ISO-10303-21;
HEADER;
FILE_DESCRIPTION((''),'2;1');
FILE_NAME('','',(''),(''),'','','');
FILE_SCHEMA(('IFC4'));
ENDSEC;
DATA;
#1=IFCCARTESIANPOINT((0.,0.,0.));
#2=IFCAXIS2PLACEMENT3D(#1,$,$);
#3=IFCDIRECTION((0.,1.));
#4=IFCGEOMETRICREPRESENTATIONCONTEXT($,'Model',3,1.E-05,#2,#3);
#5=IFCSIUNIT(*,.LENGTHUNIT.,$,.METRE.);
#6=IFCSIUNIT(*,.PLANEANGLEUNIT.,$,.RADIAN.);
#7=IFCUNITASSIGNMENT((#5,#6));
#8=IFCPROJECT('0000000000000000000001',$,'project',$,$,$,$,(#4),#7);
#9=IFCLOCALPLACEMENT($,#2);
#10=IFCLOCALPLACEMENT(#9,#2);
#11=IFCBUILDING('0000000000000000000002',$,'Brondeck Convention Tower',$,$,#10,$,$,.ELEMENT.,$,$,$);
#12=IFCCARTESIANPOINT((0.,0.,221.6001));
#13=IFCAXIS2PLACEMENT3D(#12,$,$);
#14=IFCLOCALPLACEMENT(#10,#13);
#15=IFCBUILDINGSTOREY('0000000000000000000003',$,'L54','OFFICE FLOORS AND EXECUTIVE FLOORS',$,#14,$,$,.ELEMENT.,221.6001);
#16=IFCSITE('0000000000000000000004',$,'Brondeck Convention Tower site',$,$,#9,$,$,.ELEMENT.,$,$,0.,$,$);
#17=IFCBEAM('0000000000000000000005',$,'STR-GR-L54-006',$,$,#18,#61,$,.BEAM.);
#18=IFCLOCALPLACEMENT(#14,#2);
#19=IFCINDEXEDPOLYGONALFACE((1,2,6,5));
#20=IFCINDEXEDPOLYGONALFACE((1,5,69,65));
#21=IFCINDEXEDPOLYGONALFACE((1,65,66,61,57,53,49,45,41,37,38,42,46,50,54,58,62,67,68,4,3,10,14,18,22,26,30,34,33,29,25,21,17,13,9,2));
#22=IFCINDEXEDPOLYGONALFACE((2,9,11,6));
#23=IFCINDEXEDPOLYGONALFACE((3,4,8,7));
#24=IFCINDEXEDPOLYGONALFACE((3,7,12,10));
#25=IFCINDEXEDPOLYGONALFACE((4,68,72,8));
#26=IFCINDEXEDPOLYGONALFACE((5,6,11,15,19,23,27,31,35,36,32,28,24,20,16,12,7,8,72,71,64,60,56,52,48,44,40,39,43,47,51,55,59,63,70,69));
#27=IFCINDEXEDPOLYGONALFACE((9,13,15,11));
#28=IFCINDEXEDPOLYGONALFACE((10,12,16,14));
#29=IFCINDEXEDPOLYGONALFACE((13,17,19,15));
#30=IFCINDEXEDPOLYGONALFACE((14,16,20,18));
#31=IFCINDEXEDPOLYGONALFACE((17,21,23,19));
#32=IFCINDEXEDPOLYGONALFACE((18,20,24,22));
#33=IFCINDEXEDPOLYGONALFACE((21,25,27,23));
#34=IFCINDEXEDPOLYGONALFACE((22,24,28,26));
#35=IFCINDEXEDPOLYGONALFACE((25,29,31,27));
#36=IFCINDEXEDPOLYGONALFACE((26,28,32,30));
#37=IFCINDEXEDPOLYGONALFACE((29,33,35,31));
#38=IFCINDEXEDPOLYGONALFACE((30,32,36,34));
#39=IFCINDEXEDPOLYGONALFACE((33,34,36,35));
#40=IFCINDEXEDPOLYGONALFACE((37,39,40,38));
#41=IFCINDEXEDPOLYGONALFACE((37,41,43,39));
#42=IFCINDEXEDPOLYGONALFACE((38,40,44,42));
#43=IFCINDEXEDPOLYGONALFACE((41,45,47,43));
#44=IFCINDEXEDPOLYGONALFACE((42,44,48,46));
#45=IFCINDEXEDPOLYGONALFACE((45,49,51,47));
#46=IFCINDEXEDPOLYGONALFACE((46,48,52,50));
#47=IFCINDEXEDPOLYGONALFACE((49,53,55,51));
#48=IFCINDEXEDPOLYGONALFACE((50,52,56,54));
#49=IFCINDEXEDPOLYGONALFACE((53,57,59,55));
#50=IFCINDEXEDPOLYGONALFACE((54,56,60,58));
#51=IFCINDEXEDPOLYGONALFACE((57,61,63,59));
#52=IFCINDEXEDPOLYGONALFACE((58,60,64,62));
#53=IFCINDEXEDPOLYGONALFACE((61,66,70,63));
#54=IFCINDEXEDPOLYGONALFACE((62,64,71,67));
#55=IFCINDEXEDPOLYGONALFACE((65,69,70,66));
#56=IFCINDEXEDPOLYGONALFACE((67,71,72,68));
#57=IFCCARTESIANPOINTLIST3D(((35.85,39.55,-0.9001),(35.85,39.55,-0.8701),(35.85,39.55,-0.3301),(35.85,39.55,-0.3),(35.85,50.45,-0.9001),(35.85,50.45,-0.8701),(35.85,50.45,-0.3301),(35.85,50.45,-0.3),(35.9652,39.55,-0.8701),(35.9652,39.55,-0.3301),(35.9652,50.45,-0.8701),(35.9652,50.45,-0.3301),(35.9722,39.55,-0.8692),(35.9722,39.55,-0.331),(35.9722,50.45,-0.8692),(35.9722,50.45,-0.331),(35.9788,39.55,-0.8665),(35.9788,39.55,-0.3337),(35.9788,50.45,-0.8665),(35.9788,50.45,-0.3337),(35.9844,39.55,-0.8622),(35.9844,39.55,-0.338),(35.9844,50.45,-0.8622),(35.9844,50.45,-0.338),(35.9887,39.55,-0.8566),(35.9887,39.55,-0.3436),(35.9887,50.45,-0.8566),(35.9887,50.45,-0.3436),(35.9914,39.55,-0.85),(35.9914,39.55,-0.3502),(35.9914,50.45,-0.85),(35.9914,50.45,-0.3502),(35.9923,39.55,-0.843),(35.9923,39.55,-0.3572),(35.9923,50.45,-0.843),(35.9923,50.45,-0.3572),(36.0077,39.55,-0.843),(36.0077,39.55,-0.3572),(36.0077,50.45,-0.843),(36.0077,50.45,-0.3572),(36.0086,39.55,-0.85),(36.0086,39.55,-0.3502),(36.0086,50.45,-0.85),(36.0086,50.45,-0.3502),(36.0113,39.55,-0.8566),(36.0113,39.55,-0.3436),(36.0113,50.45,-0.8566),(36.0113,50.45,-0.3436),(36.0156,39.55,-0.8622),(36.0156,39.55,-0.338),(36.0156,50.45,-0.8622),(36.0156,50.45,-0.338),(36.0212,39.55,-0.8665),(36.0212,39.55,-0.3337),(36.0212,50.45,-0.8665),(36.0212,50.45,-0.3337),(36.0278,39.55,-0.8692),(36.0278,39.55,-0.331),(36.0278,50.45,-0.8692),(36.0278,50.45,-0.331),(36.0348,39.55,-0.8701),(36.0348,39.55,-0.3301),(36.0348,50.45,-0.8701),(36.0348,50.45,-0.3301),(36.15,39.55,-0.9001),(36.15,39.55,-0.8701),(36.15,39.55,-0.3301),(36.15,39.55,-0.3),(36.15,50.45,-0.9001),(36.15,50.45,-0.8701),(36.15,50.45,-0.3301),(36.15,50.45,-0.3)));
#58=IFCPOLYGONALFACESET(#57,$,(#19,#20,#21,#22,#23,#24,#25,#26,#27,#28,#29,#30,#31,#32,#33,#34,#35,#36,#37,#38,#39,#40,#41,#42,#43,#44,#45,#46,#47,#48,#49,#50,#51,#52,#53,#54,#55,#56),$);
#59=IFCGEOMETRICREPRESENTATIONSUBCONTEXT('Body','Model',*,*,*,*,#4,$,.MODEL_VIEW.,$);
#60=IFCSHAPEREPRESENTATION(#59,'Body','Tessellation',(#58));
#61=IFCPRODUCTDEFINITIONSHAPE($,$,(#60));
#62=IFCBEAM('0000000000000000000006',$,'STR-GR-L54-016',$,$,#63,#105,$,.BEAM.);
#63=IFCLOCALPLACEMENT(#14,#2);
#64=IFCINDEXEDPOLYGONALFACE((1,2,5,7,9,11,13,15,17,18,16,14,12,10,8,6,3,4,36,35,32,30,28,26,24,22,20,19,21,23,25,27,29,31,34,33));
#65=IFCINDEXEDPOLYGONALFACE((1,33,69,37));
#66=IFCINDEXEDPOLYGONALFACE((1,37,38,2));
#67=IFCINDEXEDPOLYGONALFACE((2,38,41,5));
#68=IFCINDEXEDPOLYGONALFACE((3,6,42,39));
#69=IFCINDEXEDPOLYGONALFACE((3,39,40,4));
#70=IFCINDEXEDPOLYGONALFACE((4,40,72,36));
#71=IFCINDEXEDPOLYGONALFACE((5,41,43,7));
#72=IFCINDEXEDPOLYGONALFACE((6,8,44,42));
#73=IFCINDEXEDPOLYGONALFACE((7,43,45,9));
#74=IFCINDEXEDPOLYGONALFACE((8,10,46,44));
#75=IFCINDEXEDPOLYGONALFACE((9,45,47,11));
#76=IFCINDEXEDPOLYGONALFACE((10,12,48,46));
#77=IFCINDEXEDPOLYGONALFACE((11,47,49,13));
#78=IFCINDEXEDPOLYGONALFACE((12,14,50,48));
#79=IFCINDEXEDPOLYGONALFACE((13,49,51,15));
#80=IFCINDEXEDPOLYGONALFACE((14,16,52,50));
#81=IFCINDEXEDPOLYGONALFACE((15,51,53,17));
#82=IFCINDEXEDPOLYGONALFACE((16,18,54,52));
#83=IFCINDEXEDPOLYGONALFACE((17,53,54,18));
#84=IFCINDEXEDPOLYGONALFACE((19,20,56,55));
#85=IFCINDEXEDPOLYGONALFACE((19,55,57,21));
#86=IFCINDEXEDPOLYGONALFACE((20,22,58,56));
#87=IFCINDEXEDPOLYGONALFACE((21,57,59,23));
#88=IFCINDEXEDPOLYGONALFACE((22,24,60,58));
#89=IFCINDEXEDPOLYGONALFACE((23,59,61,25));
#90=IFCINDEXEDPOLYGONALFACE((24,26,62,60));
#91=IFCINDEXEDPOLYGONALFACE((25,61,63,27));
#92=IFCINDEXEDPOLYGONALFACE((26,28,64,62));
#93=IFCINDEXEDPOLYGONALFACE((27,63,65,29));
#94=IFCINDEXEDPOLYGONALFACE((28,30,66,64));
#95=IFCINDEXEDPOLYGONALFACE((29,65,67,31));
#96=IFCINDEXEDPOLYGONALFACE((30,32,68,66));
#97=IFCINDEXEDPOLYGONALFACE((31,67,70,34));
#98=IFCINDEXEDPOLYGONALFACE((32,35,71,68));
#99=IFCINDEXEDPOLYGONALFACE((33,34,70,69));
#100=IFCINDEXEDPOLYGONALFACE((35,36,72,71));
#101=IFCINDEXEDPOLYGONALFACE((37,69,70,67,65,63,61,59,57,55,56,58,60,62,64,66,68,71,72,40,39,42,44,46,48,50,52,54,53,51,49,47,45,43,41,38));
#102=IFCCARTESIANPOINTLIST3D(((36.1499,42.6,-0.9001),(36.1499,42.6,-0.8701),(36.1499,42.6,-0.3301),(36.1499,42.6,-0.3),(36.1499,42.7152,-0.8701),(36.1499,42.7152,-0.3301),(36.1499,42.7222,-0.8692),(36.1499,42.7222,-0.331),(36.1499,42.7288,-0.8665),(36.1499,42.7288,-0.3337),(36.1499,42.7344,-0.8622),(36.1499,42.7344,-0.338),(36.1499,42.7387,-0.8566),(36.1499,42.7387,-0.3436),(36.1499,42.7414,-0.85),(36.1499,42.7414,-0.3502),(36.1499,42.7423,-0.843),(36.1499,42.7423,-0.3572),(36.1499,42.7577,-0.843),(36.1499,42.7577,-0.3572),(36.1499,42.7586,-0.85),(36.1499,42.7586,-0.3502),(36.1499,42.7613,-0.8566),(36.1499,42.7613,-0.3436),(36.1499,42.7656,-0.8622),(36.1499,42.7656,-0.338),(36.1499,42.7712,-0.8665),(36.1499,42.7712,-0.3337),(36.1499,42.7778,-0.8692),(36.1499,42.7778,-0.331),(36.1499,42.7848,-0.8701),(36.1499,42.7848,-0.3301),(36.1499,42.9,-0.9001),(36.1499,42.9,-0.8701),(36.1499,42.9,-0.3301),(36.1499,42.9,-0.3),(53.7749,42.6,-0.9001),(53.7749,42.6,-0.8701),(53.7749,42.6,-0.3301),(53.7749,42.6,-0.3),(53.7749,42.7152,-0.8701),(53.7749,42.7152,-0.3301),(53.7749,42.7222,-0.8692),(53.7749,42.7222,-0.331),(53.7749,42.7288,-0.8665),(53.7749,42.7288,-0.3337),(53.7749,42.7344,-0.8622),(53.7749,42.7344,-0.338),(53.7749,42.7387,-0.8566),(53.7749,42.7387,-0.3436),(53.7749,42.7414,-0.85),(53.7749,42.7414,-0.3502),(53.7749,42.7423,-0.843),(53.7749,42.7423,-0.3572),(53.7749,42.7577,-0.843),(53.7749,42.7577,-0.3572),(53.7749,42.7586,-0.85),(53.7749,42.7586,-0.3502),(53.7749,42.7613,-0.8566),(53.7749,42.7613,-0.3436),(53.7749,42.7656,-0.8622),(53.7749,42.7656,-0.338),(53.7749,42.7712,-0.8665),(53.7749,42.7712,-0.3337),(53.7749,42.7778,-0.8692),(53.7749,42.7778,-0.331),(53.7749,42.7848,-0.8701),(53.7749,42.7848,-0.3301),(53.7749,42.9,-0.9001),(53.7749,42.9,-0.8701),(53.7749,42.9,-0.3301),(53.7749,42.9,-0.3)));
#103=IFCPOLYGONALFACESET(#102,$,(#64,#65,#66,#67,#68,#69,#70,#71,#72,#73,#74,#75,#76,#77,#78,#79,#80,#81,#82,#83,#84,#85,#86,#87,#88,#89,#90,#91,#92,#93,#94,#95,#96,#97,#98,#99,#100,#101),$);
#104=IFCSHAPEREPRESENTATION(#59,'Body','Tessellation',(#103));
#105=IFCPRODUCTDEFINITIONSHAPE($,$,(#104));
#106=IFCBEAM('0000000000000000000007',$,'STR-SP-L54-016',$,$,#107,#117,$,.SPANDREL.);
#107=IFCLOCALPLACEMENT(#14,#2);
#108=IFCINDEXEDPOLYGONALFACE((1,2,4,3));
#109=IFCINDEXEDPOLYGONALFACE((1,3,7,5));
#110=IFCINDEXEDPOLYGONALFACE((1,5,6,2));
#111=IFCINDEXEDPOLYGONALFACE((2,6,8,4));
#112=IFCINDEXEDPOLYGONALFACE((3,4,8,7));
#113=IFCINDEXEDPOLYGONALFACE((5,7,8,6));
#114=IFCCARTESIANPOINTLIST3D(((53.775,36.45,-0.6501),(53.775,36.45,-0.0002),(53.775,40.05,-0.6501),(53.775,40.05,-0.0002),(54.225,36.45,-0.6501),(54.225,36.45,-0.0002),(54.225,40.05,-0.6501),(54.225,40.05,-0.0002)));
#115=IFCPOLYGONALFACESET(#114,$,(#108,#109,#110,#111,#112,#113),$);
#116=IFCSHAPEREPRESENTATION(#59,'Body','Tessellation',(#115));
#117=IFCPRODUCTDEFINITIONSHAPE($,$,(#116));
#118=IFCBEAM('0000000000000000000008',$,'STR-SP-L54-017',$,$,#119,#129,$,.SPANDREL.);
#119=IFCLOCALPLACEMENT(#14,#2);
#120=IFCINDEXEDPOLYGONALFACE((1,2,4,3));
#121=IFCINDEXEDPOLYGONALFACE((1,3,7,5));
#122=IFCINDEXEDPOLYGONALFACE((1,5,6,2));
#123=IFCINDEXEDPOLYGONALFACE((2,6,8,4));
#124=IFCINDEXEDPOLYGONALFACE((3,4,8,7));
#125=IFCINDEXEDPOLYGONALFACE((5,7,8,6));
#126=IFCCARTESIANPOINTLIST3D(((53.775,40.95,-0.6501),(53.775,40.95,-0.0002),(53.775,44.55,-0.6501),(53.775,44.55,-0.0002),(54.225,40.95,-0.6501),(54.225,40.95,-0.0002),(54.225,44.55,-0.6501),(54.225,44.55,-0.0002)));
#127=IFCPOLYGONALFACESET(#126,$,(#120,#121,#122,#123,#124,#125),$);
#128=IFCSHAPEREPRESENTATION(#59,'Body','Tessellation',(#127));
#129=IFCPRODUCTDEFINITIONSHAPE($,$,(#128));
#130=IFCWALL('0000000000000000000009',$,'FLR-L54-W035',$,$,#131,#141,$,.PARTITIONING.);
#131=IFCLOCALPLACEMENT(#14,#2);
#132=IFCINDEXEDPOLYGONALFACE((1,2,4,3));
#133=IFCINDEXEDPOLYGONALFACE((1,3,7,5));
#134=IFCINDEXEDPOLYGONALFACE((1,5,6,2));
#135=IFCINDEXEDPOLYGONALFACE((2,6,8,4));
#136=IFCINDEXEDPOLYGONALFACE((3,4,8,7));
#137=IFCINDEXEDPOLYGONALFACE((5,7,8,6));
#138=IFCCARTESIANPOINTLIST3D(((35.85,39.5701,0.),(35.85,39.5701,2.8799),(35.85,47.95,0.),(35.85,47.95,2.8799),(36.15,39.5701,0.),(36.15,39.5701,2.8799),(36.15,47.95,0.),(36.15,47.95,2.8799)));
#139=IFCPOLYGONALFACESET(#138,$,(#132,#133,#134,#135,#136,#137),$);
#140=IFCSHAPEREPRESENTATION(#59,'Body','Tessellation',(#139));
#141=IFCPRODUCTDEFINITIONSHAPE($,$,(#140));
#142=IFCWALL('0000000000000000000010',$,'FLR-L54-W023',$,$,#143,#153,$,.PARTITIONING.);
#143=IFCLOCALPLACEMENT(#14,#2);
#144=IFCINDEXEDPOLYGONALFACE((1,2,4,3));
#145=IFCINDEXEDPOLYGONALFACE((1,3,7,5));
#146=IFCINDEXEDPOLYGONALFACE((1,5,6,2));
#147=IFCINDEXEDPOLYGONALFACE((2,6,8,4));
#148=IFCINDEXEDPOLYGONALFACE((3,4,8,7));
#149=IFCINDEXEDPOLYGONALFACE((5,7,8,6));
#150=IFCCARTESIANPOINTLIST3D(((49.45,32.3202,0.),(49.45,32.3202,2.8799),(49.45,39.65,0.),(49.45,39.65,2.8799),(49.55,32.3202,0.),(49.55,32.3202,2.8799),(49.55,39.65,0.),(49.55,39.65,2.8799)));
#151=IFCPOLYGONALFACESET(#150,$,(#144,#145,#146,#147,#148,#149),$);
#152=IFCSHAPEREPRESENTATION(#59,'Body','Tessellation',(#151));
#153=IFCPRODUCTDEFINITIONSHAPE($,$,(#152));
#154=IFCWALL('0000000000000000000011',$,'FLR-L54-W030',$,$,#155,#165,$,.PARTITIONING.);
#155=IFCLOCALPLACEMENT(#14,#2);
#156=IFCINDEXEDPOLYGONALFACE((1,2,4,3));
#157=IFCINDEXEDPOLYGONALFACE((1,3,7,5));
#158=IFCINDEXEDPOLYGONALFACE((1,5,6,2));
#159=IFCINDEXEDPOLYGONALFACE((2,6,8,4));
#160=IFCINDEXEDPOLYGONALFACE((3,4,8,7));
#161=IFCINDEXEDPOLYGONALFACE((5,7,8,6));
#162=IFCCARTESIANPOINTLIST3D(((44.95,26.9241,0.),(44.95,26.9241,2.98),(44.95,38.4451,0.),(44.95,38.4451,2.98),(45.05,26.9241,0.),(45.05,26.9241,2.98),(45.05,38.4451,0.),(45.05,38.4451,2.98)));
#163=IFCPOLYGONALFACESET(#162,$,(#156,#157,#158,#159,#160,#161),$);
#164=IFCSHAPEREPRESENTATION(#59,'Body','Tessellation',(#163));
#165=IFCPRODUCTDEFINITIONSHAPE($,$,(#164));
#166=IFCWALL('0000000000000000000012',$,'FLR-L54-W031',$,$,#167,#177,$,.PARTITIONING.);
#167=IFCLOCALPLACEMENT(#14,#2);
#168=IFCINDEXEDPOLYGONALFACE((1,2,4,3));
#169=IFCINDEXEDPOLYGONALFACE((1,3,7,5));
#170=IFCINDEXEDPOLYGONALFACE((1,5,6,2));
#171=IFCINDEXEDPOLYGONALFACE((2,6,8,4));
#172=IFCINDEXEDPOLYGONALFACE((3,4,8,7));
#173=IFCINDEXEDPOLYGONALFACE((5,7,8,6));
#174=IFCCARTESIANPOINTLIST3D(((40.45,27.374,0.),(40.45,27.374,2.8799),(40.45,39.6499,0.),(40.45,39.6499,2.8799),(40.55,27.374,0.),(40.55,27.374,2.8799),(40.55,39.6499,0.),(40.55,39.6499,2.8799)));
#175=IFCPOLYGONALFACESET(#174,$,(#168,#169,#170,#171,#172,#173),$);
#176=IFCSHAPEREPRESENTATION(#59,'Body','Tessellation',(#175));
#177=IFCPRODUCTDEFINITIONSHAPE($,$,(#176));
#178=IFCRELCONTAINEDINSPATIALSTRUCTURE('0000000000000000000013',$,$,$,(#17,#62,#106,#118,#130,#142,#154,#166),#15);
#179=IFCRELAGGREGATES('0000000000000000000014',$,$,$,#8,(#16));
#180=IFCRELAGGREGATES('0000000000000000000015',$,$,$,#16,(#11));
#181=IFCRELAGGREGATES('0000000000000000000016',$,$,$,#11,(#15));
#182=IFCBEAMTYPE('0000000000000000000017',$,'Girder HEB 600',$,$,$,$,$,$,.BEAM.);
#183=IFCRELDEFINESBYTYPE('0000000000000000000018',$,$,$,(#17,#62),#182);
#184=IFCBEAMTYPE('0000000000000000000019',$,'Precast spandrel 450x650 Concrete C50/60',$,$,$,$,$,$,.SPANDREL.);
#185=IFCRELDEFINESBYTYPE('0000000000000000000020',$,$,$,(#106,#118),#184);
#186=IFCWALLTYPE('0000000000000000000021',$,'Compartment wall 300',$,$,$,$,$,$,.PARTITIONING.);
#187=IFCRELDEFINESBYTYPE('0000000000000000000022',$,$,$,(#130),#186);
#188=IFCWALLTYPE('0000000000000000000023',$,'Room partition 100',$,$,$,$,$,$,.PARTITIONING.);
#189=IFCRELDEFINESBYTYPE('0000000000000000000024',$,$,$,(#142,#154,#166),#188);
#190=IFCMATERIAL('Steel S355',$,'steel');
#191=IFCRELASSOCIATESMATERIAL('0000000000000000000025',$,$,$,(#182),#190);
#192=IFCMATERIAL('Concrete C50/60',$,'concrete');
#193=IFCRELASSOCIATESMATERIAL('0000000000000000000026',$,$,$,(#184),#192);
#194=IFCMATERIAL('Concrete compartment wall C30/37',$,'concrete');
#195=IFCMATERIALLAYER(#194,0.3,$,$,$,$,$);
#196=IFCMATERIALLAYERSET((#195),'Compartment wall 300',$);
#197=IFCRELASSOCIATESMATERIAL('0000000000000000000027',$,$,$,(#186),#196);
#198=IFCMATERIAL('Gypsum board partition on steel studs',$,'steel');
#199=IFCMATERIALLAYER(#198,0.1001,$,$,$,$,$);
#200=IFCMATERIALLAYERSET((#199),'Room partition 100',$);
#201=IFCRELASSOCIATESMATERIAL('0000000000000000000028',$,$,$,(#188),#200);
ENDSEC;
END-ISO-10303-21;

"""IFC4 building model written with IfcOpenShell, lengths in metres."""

from ifc_helpers import new_model, si_unit, direction, frame, frame_2d, origin, origin_2d, place, context, subcontext, project, spatial, rectangle, i_section, extrude, material, layer, layer_set, material_profile, profile_set, type_object, element, save


model = new_model("IFC4")

# Units and contexts
model_context = context("Model", 3, precision=1e-05, world=origin(), true_north=direction((0.0, 1.0)))
body_context = subcontext(model_context, "Body", "Model", "MODEL_VIEW")
ifc_project = project(units=[si_unit("LENGTHUNIT", "METRE"), si_unit("PLANEANGLEUNIT", "RADIAN")], contexts=[model_context])

# Site, building, storey
site_placement = place(None, origin())
site = spatial("IfcSite", under=ifc_project, at=site_placement, Name="Brondeck Convention Tower site", CompositionType="ELEMENT", RefElevation=0.0)
building_placement = place(site_placement, origin())
building = spatial("IfcBuilding", under=site, at=building_placement, Name="Brondeck Convention Tower", CompositionType="ELEMENT")
storey_placement = place(building_placement, frame((0.0, 0.0, 221.6001)))
storey = spatial("IfcBuildingStorey", under=building, at=storey_placement, Name="L54", Description="OFFICE FLOORS AND EXECUTIVE FLOORS", CompositionType="ELEMENT", Elevation=221.6001)

# Shared definitions
ifc_material_1 = material(Name="Concrete C50/60", Category="concrete")

# Beams
ifc_material_2 = material(Name="Steel S355", Category="steel")
ifc_material_profile_1 = material_profile(ifc_material_2, i_section(OverallWidth=0.3, OverallDepth=0.6001, WebThickness=0.0154, FlangeThickness=0.03, FilletRadius=0.0271, at=origin_2d()), Name="HEB 600")
ifc_profile_set_1 = profile_set([ifc_material_profile_1], Name="Steel S355")
beam_type_1 = type_object("IfcBeamType", Name="Girder HEB 600", PredefinedType="BEAM", material=ifc_profile_set_1)
beam_1_placement = place(storey_placement, frame((36.0, 39.55, -0.6001), z_axis=(0.0, 1.0, 0.0), x_axis=(-1.0, 0.0, 0.0)))
element("IfcBeam", 1, at=beam_1_placement, inside=storey, type_object=beam_type_1, Name="STR-GR-L54-006", PredefinedType="BEAM", context=body_context, shape_type="SweptSolid", body=[
    extrude(i_section(OverallWidth=0.3, OverallDepth=0.6001, WebThickness=0.0154, FlangeThickness=0.03, FilletRadius=0.0271, at=origin_2d()), origin(), (0.0, 0.0, 1.0), 10.8999),
])
beam_2_placement = place(storey_placement, frame((36.1499, 42.75, -0.6001), z_axis=(1.0, 0.0, 0.0), x_axis=(0.0, 1.0, 0.0)))
element("IfcBeam", 2, at=beam_2_placement, inside=storey, type_object=beam_type_1, Name="STR-GR-L54-016", PredefinedType="BEAM", context=body_context, shape_type="SweptSolid", body=[
    extrude(i_section(OverallWidth=0.3, OverallDepth=0.6001, WebThickness=0.0154, FlangeThickness=0.03, FilletRadius=0.0271, at=origin_2d()), origin(), (0.0, 0.0, 1.0), 17.625),
])
ifc_material_profile_2 = material_profile(ifc_material_1, rectangle(XDim=0.45, YDim=0.6499, at=origin_2d()), Name="Precast spandrel 450x650 Concrete C50/60")
ifc_profile_set_2 = profile_set([ifc_material_profile_2], Name="Concrete C50/60")
beam_type_2 = type_object("IfcBeamType", Name="Precast spandrel 450x650 Concrete C50/60", PredefinedType="SPANDREL", material=ifc_profile_set_2)
for number, where, z_axis, x_axis, name in (
    (3, (54.0, 36.45, -0.3252), (0.0, 1.0, 0.0), (-1.0, 0.0, 0.0), "STR-SP-L54-016"),
    (4, (54.0, 40.95, -0.3252), (0.0, 1.0, 0.0), (-1.0, 0.0, 0.0), "STR-SP-L54-017"),
):
    element("IfcBeam", number, at=place(storey_placement, frame(where, z_axis=z_axis, x_axis=x_axis)), inside=storey, type_object=beam_type_2, Name=name, PredefinedType="SPANDREL", context=body_context, shape_type="SweptSolid", body=[
        extrude(rectangle(XDim=0.45, YDim=0.6499, at=origin_2d()), origin(), (0.0, 0.0, 1.0), 3.6001),
    ])

# Walls
ifc_material_3 = material(Name="Concrete compartment wall C30/37", Category="concrete")
ifc_layer_1 = layer(ifc_material_3, 0.3)
ifc_layer_set_1 = layer_set([ifc_layer_1], Name="Compartment wall 300")
wall_type_1 = type_object("IfcWallType", Name="Compartment wall 300", PredefinedType="PARTITIONING", material=ifc_layer_set_1)
wall_1_placement = place(storey_placement, frame((36.0, 39.5701, 0.0), z_axis=(0.0, 0.0, 1.0), x_axis=(0.0, 1.0, 0.0)))
element("IfcWall", 5, at=wall_1_placement, inside=storey, type_object=wall_type_1, Name="FLR-L54-W035", PredefinedType="PARTITIONING", context=body_context, shape_type="SweptSolid", body=[
    extrude(rectangle(XDim=8.3799, YDim=0.3, at=frame_2d((4.1899, 0.0))), origin(), (0.0, 0.0, 1.0), 2.8799),
])
ifc_material_4 = material(Name="Gypsum board partition on steel studs", Category="steel")
ifc_layer_2 = layer(ifc_material_4, 0.1001)
ifc_layer_set_2 = layer_set([ifc_layer_2], Name="Room partition 100")
wall_type_2 = type_object("IfcWallType", Name="Room partition 100", PredefinedType="PARTITIONING", material=ifc_layer_set_2)
wall_2_placement = place(storey_placement, frame((49.5, 32.3201, 0.0), z_axis=(0.0, 0.0, 1.0), x_axis=(0.0, 1.0, 0.0)))
element("IfcWall", 6, at=wall_2_placement, inside=storey, type_object=wall_type_2, Name="FLR-L54-W023", PredefinedType="PARTITIONING", context=body_context, shape_type="SweptSolid", body=[
    extrude(rectangle(XDim=7.3298, YDim=0.1001, at=frame_2d((3.665, 0.0))), origin(), (0.0, 0.0, 1.0), 2.8799),
])
wall_3_placement = place(storey_placement, frame((45.0, 38.4451, 0.0), z_axis=(0.0, 0.0, 1.0), x_axis=(0.0, -1.0, 0.0)))
element("IfcWall", 7, at=wall_3_placement, inside=storey, type_object=wall_type_2, Name="FLR-L54-W030", PredefinedType="PARTITIONING", context=body_context, shape_type="SweptSolid", body=[
    extrude(rectangle(XDim=11.521, YDim=0.1001, at=frame_2d((5.7605, 0.0))), origin(), (0.0, 0.0, 1.0), 2.98),
])
wall_4_placement = place(storey_placement, frame((40.5, 39.6499, 0.0), z_axis=(0.0, 0.0, 1.0), x_axis=(0.0, -1.0, 0.0)))
element("IfcWall", 8, at=wall_4_placement, inside=storey, type_object=wall_type_2, Name="FLR-L54-W031", PredefinedType="PARTITIONING", context=body_context, shape_type="SweptSolid", body=[
    extrude(rectangle(XDim=12.2759, YDim=0.1001, at=frame_2d((6.1379, 0.0))), origin(), (0.0, 0.0, 1.0), 2.8799),
])

save(model, "model.ifc")
